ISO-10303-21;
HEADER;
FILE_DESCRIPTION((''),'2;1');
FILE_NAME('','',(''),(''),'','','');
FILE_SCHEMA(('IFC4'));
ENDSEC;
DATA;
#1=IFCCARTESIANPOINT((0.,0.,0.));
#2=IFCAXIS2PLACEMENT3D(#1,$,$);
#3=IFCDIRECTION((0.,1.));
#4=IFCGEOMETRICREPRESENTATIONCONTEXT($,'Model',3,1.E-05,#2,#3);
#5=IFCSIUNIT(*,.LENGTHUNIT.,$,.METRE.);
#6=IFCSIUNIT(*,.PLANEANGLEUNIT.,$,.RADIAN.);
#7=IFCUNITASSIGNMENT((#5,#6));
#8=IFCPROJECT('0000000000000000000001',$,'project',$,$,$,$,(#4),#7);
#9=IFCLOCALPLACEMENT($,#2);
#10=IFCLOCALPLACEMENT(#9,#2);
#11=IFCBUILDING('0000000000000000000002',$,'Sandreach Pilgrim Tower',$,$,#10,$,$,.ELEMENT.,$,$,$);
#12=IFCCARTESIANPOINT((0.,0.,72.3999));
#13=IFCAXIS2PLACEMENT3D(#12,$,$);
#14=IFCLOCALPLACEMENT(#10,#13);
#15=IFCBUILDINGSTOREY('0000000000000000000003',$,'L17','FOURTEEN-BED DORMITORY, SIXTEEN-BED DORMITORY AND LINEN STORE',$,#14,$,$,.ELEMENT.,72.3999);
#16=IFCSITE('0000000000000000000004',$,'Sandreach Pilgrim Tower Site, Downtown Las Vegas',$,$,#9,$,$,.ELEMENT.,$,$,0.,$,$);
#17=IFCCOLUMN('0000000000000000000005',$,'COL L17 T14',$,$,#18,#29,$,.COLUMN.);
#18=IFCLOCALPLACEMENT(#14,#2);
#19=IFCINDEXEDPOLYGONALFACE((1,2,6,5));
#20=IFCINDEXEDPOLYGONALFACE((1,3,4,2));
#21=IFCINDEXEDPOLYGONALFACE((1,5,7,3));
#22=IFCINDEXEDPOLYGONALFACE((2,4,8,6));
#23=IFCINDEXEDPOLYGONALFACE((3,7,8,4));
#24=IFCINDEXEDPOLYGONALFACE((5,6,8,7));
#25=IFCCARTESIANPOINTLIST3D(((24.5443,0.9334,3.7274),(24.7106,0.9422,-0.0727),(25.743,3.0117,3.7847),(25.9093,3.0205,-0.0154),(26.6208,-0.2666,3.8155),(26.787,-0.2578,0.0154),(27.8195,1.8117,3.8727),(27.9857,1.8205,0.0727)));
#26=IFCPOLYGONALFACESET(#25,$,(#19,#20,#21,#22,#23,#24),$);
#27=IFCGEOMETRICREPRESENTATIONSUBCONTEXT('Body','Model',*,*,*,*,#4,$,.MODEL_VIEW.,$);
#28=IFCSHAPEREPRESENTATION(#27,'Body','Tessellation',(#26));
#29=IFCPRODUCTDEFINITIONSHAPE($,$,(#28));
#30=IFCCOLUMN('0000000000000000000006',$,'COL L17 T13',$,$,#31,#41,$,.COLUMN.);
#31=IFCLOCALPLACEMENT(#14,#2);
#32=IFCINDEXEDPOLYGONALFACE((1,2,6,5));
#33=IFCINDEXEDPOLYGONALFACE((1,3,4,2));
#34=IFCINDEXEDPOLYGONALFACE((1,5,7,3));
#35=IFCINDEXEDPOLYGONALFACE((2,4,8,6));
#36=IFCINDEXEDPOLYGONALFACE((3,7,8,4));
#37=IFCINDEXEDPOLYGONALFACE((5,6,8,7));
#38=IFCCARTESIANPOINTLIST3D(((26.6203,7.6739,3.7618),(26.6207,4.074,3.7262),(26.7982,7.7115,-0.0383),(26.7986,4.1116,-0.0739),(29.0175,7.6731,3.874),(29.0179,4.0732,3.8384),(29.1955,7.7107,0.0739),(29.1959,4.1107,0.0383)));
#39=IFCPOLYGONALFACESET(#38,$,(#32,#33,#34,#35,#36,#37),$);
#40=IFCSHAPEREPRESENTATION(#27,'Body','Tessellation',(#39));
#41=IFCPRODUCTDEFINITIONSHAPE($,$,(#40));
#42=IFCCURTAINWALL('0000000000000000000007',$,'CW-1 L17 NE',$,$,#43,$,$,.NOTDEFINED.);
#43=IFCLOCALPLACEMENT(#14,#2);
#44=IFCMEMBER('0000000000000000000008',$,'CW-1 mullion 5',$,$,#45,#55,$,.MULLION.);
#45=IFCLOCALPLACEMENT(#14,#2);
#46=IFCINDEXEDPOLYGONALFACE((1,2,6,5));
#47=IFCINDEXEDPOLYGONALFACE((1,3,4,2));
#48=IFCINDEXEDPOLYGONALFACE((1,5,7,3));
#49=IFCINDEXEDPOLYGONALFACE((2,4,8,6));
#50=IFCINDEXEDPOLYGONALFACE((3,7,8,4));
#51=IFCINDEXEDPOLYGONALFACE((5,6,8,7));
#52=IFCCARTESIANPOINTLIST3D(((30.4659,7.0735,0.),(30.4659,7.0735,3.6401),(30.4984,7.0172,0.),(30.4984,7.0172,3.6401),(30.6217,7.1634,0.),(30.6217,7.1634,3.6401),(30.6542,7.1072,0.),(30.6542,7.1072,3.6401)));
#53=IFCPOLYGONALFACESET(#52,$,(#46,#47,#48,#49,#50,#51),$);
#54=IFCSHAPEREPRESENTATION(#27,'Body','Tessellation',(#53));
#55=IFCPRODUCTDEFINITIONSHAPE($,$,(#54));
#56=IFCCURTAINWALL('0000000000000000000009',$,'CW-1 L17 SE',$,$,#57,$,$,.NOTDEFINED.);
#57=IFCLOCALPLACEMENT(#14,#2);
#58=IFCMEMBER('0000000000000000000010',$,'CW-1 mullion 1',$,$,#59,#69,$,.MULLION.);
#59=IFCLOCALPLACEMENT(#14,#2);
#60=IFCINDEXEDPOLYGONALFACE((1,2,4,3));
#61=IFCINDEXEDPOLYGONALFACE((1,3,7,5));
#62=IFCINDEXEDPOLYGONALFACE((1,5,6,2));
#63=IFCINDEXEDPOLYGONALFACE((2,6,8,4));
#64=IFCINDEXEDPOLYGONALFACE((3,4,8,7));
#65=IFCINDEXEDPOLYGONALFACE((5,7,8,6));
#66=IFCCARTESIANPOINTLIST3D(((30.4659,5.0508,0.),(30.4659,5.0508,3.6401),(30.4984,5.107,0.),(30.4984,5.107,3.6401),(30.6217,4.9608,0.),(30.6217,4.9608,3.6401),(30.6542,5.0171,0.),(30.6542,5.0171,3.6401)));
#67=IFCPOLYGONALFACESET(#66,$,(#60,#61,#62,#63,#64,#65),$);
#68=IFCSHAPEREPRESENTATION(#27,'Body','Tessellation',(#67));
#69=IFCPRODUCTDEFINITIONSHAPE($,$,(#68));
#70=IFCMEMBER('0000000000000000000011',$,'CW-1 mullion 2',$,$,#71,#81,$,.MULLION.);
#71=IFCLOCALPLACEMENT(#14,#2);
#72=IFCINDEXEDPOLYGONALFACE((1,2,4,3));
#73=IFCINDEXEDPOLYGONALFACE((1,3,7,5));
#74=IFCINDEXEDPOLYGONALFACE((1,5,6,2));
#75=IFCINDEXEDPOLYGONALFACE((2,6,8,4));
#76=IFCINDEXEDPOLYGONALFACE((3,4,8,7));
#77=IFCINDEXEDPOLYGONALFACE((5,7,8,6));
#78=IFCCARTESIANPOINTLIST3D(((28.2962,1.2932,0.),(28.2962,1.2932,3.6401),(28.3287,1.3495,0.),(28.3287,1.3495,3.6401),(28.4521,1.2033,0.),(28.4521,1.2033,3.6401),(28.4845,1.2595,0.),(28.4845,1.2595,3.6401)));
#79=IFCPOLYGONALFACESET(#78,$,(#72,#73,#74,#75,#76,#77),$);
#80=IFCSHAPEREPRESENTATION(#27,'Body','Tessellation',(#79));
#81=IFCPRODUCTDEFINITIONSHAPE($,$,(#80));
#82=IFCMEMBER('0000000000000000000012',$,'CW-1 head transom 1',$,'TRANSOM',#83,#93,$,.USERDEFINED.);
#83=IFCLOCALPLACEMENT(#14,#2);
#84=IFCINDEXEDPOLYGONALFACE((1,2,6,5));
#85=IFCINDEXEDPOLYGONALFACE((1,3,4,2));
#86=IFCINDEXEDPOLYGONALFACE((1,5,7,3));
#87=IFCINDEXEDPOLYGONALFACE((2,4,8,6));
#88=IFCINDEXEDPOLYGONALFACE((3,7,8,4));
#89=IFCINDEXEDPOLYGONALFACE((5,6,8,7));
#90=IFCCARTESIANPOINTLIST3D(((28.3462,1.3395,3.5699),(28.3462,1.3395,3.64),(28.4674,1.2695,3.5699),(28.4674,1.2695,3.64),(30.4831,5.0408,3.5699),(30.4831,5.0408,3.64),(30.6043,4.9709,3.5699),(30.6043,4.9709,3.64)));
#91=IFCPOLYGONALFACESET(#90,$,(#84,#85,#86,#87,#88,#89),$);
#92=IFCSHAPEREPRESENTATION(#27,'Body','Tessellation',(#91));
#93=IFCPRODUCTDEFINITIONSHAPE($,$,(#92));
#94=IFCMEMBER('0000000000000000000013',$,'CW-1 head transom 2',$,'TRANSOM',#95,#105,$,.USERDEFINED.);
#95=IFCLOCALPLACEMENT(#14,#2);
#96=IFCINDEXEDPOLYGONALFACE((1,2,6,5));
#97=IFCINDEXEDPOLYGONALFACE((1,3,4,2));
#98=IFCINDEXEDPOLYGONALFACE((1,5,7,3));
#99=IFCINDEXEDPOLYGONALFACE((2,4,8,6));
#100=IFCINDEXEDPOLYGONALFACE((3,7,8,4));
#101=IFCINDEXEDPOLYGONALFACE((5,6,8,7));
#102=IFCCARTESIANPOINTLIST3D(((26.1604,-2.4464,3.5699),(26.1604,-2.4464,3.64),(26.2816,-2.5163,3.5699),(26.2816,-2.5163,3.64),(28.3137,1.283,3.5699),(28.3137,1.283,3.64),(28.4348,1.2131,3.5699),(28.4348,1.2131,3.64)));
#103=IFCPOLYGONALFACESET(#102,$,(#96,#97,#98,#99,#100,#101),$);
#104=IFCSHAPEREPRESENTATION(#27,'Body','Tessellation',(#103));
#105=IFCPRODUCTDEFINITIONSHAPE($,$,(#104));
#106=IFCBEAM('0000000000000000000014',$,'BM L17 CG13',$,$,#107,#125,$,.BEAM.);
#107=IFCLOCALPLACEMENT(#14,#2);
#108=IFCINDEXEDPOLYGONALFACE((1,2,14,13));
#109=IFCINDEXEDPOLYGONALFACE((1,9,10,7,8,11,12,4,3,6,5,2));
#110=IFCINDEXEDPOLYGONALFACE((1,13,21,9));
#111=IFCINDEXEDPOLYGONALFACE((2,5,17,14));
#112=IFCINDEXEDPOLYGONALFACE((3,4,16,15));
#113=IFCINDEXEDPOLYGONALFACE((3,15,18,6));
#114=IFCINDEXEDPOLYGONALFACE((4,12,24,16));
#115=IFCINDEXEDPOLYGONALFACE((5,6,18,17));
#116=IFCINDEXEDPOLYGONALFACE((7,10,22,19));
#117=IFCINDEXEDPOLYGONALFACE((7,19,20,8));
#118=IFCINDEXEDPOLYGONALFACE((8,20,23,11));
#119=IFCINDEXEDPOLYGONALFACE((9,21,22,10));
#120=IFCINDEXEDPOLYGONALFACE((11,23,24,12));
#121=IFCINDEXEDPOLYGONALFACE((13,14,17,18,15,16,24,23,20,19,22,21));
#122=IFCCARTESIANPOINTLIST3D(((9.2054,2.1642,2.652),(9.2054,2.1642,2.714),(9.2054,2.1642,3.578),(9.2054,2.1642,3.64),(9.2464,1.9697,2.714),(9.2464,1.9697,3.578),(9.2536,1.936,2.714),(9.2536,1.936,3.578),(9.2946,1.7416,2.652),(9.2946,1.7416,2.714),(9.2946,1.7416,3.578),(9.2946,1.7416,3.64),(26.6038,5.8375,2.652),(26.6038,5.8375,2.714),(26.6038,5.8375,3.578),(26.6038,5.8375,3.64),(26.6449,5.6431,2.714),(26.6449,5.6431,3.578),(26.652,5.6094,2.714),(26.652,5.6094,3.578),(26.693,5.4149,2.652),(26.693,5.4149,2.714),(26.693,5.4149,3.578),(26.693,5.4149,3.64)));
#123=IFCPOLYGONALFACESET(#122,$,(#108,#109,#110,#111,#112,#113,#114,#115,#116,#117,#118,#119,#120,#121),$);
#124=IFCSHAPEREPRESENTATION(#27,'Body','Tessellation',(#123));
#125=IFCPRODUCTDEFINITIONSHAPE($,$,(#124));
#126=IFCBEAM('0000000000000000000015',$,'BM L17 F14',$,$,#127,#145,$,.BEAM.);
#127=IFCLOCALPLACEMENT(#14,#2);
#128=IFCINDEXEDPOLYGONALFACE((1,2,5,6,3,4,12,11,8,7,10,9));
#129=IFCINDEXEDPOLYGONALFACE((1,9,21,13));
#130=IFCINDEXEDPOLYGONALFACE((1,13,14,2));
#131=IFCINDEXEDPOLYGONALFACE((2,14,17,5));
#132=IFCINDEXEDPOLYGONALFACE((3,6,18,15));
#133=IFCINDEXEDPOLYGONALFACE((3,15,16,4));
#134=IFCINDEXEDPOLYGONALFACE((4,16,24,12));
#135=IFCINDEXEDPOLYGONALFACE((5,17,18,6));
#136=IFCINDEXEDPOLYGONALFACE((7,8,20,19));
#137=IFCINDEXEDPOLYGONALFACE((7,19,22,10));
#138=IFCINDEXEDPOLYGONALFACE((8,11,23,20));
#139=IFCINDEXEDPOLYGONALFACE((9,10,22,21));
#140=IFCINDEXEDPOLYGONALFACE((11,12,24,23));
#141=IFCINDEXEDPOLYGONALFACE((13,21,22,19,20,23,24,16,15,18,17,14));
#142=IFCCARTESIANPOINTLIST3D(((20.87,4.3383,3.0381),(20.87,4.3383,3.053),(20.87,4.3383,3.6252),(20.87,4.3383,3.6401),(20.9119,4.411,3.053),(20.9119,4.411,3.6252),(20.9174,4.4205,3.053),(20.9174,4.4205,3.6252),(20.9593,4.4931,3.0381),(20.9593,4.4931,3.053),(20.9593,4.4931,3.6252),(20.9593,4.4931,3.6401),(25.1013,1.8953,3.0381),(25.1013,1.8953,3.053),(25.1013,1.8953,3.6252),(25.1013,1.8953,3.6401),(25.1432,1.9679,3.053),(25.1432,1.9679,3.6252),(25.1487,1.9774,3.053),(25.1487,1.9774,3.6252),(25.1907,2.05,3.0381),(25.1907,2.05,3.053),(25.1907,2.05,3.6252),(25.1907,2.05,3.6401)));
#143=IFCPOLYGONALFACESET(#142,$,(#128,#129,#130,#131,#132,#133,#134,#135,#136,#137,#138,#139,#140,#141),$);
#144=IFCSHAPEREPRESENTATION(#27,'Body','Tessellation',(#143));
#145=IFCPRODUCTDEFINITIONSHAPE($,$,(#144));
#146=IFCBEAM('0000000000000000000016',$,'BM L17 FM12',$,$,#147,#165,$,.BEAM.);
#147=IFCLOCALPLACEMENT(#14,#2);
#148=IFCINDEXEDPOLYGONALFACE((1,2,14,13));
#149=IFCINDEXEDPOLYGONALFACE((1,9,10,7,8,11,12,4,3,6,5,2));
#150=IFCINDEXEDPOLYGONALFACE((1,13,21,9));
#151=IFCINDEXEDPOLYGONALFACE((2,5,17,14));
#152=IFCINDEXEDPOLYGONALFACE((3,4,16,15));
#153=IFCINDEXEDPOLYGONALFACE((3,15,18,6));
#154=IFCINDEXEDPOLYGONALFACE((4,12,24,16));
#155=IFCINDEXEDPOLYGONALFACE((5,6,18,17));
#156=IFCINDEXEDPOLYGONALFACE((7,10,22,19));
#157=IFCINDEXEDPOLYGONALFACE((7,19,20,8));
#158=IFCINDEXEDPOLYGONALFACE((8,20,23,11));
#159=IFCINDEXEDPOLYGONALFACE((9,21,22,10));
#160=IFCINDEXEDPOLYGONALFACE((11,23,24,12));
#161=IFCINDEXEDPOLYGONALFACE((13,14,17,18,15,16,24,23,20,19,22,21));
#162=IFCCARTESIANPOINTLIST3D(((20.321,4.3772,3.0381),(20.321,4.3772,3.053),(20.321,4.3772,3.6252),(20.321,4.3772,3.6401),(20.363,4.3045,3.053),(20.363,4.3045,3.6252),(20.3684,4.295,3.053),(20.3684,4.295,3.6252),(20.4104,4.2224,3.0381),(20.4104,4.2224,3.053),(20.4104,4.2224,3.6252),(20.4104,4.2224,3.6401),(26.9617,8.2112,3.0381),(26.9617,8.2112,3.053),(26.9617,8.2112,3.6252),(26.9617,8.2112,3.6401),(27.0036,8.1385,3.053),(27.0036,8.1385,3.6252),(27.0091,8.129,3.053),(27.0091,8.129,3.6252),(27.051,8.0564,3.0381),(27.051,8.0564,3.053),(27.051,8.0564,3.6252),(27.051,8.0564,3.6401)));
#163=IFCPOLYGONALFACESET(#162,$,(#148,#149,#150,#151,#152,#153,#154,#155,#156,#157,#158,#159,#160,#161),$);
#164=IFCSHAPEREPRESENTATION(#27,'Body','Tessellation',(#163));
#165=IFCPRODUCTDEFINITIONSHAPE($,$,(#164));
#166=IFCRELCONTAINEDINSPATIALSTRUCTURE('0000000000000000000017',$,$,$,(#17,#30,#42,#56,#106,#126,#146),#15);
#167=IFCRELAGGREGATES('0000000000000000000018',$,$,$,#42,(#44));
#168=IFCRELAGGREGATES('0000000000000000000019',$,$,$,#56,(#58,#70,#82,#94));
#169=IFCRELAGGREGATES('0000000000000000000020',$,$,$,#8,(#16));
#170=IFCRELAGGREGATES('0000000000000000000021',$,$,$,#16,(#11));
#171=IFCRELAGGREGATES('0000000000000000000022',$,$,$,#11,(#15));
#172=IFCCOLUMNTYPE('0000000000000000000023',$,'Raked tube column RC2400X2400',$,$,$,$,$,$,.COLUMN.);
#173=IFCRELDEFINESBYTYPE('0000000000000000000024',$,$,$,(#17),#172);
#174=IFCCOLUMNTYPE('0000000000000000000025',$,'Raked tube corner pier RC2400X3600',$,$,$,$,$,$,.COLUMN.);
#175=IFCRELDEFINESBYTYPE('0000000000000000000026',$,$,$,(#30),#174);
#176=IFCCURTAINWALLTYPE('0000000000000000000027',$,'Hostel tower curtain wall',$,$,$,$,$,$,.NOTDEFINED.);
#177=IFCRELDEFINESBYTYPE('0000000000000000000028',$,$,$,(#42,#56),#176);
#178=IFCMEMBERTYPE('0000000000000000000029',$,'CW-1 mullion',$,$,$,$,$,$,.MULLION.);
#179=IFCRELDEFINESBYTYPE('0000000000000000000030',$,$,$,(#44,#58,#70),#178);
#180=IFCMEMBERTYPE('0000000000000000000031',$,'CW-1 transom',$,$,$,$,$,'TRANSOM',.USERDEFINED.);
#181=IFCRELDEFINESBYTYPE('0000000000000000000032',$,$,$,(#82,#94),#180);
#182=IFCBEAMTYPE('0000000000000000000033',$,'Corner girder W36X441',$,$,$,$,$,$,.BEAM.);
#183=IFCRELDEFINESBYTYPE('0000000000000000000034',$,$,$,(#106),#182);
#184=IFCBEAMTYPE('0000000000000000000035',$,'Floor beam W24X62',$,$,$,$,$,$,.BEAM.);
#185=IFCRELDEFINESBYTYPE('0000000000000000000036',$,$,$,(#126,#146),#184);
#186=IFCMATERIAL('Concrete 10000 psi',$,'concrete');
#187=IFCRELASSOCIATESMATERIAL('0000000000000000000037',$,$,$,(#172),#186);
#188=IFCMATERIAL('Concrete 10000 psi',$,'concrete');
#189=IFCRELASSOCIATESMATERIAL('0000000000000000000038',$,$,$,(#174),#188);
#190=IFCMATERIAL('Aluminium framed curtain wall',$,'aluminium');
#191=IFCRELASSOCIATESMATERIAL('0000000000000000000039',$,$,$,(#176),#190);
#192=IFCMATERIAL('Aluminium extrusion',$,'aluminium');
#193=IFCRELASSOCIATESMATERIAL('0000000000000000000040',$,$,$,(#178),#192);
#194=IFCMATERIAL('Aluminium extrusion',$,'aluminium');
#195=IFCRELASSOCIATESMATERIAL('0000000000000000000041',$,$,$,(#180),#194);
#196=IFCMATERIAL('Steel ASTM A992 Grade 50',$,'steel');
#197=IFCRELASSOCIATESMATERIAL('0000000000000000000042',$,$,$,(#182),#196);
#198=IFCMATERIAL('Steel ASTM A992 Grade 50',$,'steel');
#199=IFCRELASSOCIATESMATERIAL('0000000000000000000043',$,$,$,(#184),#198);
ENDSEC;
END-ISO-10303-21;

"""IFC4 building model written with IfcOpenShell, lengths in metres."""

from ifc_helpers import new_model, si_unit, direction, frame, origin, origin_2d, place, context, subcontext, project, spatial, rectangle, i_section, extrude, material, material_profile, profile_set, type_object, element, aggregate, save


model = new_model("IFC4")

# Units and contexts
model_context = context("Model", 3, precision=1e-05, world=origin(), true_north=direction((0.0, 1.0)))
body_context = subcontext(model_context, "Body", "Model", "MODEL_VIEW")
ifc_project = project(units=[si_unit("LENGTHUNIT", "METRE"), si_unit("PLANEANGLEUNIT", "RADIAN")], contexts=[model_context])

# Site, building, storey
site_placement = place(None, origin())
site = spatial("IfcSite", under=ifc_project, at=site_placement, Name="Sandreach Pilgrim Tower Site, Downtown Las Vegas", CompositionType="ELEMENT", RefElevation=0.0)
building_placement = place(site_placement, origin())
building = spatial("IfcBuilding", under=site, at=building_placement, Name="Sandreach Pilgrim Tower", CompositionType="ELEMENT")
storey_placement = place(building_placement, frame((0.0, 0.0, 72.3999)))
storey = spatial("IfcBuildingStorey", under=building, at=storey_placement, Name="L17", Description="FOURTEEN-BED DORMITORY, SIXTEEN-BED DORMITORY AND LINEN STORE", CompositionType="ELEMENT", Elevation=72.3999)

# Columns
ifc_material_1 = material(Name="Concrete 10000 psi", Category="concrete")
ifc_material_profile_1 = material_profile(ifc_material_1, rectangle(XDim=2.3999, YDim=2.3999, at=origin_2d()), Name="RC2400X2400")
ifc_profile_set_1 = profile_set([ifc_material_profile_1], Name="Concrete 10000 psi")
column_type_1 = type_object("IfcColumnType", Name="Raked tube column RC2400X2400", PredefinedType="COLUMN", material=ifc_profile_set_1)
column_1_placement = place(storey_placement, frame((26.3481, 1.3813, 0.0), z_axis=(-0.04371, -0.002311, 0.999042), x_axis=(0.865224, -0.500041, 0.036699)))
element("IfcColumn", 1, at=column_1_placement, inside=storey, type_object=column_type_1, Name="COL L17 T14", PredefinedType="COLUMN", context=body_context, shape_type="SweptSolid", body=[
    extrude(rectangle(XDim=2.3999, YDim=2.3999, at=origin_2d()), origin(), (0.0, 0.0, 1.0), 3.8037),
])
ifc_material_2 = material(Name="Concrete 10000 psi", Category="concrete")
ifc_material_profile_2 = material_profile(ifc_material_2, rectangle(XDim=2.3999, YDim=3.6001, at=origin_2d()), Name="RC2400X3600")
ifc_profile_set_2 = profile_set([ifc_material_profile_2], Name="Concrete 10000 psi")
column_type_2 = type_object("IfcColumnType", Name="Raked tube corner pier RC2400X3600", PredefinedType="COLUMN", material=ifc_profile_set_2)
column_2_placement = place(storey_placement, frame((27.9971, 5.9111, 0.0), z_axis=(-0.046782, -0.009883, 0.998856), x_axis=(0.998905, -0.000352, 0.046781)))
element("IfcColumn", 2, at=column_2_placement, inside=storey, type_object=column_type_2, Name="COL L17 T13", PredefinedType="COLUMN", context=body_context, shape_type="SweptSolid", body=[
    extrude(rectangle(XDim=2.3999, YDim=3.6001, at=origin_2d()), origin(), (0.0, 0.0, 1.0), 3.8044),
])

# Curtain wall, member
ifc_material_3 = material(Name="Aluminium framed curtain wall", Category="aluminium")
curtain_wall_type = type_object("IfcCurtainWallType", Name="Hostel tower curtain wall", PredefinedType="NOTDEFINED", material=ifc_material_3)
curtain_wall_1_placement = place(storey_placement, origin())
curtain_wall_1 = element("IfcCurtainWall", 3, at=curtain_wall_1_placement, inside=storey, type_object=curtain_wall_type, Name="CW-1 L17 NE", PredefinedType="NOTDEFINED")
ifc_material_4 = material(Name="Aluminium extrusion", Category="aluminium")
ifc_material_profile_3 = material_profile(ifc_material_4, rectangle(XDim=0.0649, YDim=0.1799, at=origin_2d()), Name="CW-1M 65X180")
ifc_profile_set_3 = profile_set([ifc_material_profile_3], Name="Aluminium extrusion")
member_type_1 = type_object("IfcMemberType", Name="CW-1 mullion", PredefinedType="MULLION", material=ifc_profile_set_3)
member_1_placement = place(storey_placement, frame((30.5601, 7.0903, 0.0), z_axis=(0.0, 0.0, 1.0), x_axis=(0.5, -0.866025, 0.0)))
member_1 = element("IfcMember", 4, at=member_1_placement, type_object=member_type_1, Name="CW-1 mullion 5", PredefinedType="MULLION", context=body_context, shape_type="SweptSolid", body=[
    extrude(rectangle(XDim=0.0649, YDim=0.1799, at=origin_2d()), origin(), (0.0, 0.0, 1.0), 3.6401),
])

# Curtain wall, members
curtain_wall_2_placement = place(storey_placement, origin())
curtain_wall_2 = element("IfcCurtainWall", 5, at=curtain_wall_2_placement, inside=storey, type_object=curtain_wall_type, Name="CW-1 L17 SE", PredefinedType="NOTDEFINED")
member_2_placement = place(storey_placement, frame((30.5601, 5.0339, 0.0), z_axis=(0.0, 0.0, 1.0), x_axis=(-0.5, -0.866025, 0.0)))
member_2 = element("IfcMember", 6, at=member_2_placement, type_object=member_type_1, Name="CW-1 mullion 1", PredefinedType="MULLION", context=body_context, shape_type="SweptSolid", body=[
    extrude(rectangle(XDim=0.0649, YDim=0.1799, at=origin_2d()), origin(), (0.0, 0.0, 1.0), 3.6401),
])
member_3_placement = place(storey_placement, frame((28.3904, 1.2764, 0.0), z_axis=(0.0, 0.0, 1.0), x_axis=(-0.5, -0.866025, 0.0)))
member_3 = element("IfcMember", 7, at=member_3_placement, type_object=member_type_1, Name="CW-1 mullion 2", PredefinedType="MULLION", context=body_context, shape_type="SweptSolid", body=[
    extrude(rectangle(XDim=0.0649, YDim=0.1799, at=origin_2d()), origin(), (0.0, 0.0, 1.0), 3.6401),
])
ifc_material_5 = material(Name="Aluminium extrusion", Category="aluminium")
ifc_material_profile_4 = material_profile(ifc_material_5, rectangle(XDim=0.1399, YDim=0.0701, at=origin_2d()), Name="CW-1T 140X70")
ifc_profile_set_4 = profile_set([ifc_material_profile_4], Name="Aluminium extrusion")
member_type_2 = type_object("IfcMemberType", Name="CW-1 transom", ElementType="TRANSOM", PredefinedType="USERDEFINED", material=ifc_profile_set_4)
member_4_placement = place(storey_placement, frame((30.5437, 5.0059, 3.605), z_axis=(-0.499991, -0.866031, 0.0), x_axis=(0.866031, -0.499991, 0.0)))
member_4 = element("IfcMember", 8, at=member_4_placement, type_object=member_type_2, Name="CW-1 head transom 1", ObjectType="TRANSOM", PredefinedType="USERDEFINED", context=body_context, shape_type="SweptSolid", body=[
    extrude(rectangle(XDim=0.1399, YDim=0.0701, at=origin_2d()), origin(), (0.0, 0.0, 1.0), 4.2739),
])
member_5_placement = place(storey_placement, frame((28.3743, 1.248, 3.605), z_axis=(-0.500017, -0.866016, 0.0), x_axis=(0.866016, -0.500017, 0.0)))
member_5 = element("IfcMember", 9, at=member_5_placement, type_object=member_type_2, Name="CW-1 head transom 2", ObjectType="TRANSOM", PredefinedType="USERDEFINED", context=body_context, shape_type="SweptSolid", body=[
    extrude(rectangle(XDim=0.1399, YDim=0.0701, at=origin_2d()), origin(), (0.0, 0.0, 1.0), 4.3064),
])

# Beams
ifc_material_6 = material(Name="Steel ASTM A992 Grade 50", Category="steel")
ifc_material_profile_5 = material_profile(ifc_material_6, i_section(OverallWidth=0.4319, OverallDepth=0.988, WebThickness=0.0344, FlangeThickness=0.062, at=origin_2d()), Name="W36X441")
ifc_profile_set_5 = profile_set([ifc_material_profile_5], Name="Steel ASTM A992 Grade 50")
beam_type_1 = type_object("IfcBeamType", Name="Corner girder W36X441", PredefinedType="BEAM", material=ifc_profile_set_5)
beam_1_placement = place(storey_placement, frame((26.6484, 5.6262, 3.146), z_axis=(-0.97843, -0.206576, 0.0), x_axis=(0.206576, -0.97843, 0.0)))
element("IfcBeam", 10, at=beam_1_placement, inside=storey, type_object=beam_type_1, Name="BM L17 CG13", PredefinedType="BEAM", context=body_context, shape_type="SweptSolid", body=[
    extrude(i_section(OverallWidth=0.4319, OverallDepth=0.988, WebThickness=0.0344, FlangeThickness=0.062, at=origin_2d()), origin(), (0.0, 0.0, 1.0), 17.782),
])
ifc_material_7 = material(Name="Steel ASTM A992 Grade 50", Category="steel")
ifc_material_profile_6 = material_profile(ifc_material_7, i_section(OverallWidth=0.1787, OverallDepth=0.6021, WebThickness=0.011, FlangeThickness=0.0149, at=origin_2d()), Name="W24X62")
ifc_profile_set_6 = profile_set([ifc_material_profile_6], Name="Steel ASTM A992 Grade 50")
beam_type_2 = type_object("IfcBeamType", Name="Floor beam W24X62", PredefinedType="BEAM", material=ifc_profile_set_6)
beam_2_placement = place(storey_placement, frame((25.146, 1.9727, 3.3391), z_axis=(-0.866018, 0.500014, 0.0), x_axis=(-0.500014, -0.866018, 0.0)))
element("IfcBeam", 11, at=beam_2_placement, inside=storey, type_object=beam_type_2, Name="BM L17 F14", PredefinedType="BEAM", context=body_context, shape_type="SweptSolid", body=[
    extrude(i_section(OverallWidth=0.1787, OverallDepth=0.6021, WebThickness=0.011, FlangeThickness=0.0149, at=origin_2d()), origin(), (0.0, 0.0, 1.0), 4.886),
])
beam_3_placement = place(storey_placement, frame((27.0063, 8.1338, 3.3391), z_axis=(-0.866024, -0.500002, 0.0), x_axis=(0.500002, -0.866024, 0.0)))
element("IfcBeam", 12, at=beam_3_placement, inside=storey, type_object=beam_type_2, Name="BM L17 FM12", PredefinedType="BEAM", context=body_context, shape_type="SweptSolid", body=[
    extrude(i_section(OverallWidth=0.1787, OverallDepth=0.6021, WebThickness=0.011, FlangeThickness=0.0149, at=origin_2d()), origin(), (0.0, 0.0, 1.0), 7.668),
])

aggregate(curtain_wall_1, [member_1])
aggregate(curtain_wall_2, [member_2, member_3, member_4, member_5])

save(model, "model.ifc")
